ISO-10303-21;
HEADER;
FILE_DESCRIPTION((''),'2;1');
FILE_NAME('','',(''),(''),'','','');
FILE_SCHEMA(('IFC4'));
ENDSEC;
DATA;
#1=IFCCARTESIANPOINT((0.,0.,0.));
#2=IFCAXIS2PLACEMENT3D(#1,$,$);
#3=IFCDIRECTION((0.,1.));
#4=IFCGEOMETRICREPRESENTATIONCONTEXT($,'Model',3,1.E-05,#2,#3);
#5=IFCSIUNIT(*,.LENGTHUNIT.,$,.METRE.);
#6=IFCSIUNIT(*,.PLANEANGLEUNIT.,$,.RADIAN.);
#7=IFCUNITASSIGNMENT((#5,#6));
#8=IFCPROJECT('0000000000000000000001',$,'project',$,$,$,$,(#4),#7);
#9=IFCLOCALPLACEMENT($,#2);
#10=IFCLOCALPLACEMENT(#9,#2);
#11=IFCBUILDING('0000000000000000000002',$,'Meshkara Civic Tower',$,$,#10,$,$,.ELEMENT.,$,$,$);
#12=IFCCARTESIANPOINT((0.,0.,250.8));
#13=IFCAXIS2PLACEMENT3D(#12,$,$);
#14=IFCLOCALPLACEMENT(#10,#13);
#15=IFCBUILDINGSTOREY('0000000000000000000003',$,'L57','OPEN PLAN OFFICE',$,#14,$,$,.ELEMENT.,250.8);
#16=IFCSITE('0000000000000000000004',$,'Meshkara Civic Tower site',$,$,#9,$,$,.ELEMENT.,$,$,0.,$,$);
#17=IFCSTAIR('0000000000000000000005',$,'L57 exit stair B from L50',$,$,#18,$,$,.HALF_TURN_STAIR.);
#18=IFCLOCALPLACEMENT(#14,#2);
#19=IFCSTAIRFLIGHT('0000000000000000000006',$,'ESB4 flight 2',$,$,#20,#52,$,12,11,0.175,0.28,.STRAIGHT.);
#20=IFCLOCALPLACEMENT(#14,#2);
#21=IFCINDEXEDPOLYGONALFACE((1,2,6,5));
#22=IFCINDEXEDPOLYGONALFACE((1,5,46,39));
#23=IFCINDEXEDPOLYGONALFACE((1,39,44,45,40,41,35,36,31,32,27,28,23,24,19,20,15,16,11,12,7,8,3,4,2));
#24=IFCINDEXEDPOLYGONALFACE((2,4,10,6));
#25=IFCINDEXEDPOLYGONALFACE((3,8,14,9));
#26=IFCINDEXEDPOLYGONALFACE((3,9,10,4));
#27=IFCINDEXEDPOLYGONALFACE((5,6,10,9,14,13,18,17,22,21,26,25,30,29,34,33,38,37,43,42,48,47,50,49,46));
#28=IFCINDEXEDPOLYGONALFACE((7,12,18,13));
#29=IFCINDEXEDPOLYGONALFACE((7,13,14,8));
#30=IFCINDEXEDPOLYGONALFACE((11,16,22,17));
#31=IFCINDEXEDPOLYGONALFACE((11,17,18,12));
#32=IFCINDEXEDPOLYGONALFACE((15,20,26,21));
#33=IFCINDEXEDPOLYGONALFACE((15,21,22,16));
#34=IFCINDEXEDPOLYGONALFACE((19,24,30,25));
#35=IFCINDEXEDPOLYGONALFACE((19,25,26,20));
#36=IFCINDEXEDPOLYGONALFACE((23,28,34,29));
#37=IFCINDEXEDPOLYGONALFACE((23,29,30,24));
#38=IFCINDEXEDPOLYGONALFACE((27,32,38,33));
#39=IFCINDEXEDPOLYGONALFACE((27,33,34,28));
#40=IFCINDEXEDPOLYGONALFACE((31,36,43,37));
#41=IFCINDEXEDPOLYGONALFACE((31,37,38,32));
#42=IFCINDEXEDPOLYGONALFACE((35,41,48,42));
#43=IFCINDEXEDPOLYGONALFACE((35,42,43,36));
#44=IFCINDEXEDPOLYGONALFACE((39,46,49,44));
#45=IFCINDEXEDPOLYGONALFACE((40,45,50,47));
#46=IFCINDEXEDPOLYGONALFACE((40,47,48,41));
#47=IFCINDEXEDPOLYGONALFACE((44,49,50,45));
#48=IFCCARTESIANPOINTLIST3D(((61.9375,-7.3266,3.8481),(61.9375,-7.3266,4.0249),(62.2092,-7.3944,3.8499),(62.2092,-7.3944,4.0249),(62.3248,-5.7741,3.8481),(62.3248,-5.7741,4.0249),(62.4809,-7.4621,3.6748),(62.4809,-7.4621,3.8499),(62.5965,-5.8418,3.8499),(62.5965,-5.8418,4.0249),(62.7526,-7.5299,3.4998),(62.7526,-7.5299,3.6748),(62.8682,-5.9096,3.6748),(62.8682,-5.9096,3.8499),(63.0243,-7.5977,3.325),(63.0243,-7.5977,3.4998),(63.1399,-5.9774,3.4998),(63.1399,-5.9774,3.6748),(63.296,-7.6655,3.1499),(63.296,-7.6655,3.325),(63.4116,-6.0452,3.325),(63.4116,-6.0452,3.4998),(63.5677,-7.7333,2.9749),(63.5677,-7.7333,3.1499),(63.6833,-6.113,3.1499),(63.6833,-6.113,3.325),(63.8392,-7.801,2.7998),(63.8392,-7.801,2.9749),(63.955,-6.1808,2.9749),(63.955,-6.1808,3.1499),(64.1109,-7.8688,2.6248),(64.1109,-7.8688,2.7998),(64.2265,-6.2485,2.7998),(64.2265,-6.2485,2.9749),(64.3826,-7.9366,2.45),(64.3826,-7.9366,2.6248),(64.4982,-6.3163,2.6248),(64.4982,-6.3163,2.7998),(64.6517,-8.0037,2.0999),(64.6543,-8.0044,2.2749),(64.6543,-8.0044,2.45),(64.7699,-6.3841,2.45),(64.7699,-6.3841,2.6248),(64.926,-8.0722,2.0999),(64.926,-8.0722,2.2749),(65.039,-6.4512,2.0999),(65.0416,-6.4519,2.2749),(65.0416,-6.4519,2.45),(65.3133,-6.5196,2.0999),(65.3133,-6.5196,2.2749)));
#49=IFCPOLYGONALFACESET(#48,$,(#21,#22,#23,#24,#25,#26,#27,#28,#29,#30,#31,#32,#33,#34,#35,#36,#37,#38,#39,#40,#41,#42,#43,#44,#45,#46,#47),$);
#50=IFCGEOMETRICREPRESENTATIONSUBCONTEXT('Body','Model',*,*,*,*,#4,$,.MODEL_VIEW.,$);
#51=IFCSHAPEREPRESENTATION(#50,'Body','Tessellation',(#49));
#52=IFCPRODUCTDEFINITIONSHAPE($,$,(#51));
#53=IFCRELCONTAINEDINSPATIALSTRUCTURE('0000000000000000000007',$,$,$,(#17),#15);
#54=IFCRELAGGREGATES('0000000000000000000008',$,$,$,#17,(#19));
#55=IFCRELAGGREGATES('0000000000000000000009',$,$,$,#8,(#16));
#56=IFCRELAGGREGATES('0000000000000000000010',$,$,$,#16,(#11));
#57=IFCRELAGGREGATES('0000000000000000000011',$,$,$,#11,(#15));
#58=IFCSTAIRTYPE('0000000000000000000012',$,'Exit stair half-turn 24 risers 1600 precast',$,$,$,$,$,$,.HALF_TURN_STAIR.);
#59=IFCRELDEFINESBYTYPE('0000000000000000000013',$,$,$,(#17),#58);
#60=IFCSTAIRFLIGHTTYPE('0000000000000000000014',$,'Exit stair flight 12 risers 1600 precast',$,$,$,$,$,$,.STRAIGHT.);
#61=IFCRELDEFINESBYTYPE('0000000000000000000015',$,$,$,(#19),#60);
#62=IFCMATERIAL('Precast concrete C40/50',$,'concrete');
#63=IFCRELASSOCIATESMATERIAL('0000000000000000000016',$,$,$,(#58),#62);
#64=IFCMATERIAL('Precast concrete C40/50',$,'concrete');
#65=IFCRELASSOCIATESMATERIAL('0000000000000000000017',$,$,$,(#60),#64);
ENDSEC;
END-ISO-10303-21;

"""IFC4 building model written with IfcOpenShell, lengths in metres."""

from ifc_helpers import new_model, si_unit, direction, frame, origin, place, context, subcontext, project, spatial, polyline, outline, extrude, material, type_object, element, aggregate, save


model = new_model("IFC4")

# Units and contexts
model_context = context("Model", 3, precision=1e-05, world=origin(), true_north=direction((0.0, 1.0)))
body_context = subcontext(model_context, "Body", "Model", "MODEL_VIEW")
ifc_project = project(units=[si_unit("LENGTHUNIT", "METRE"), si_unit("PLANEANGLEUNIT", "RADIAN")], contexts=[model_context])

# Site, building, storey
site_placement = place(None, origin())
site = spatial("IfcSite", under=ifc_project, at=site_placement, Name="Meshkara Civic Tower site", CompositionType="ELEMENT", RefElevation=0.0)
building_placement = place(site_placement, origin())
building = spatial("IfcBuilding", under=site, at=building_placement, Name="Meshkara Civic Tower", CompositionType="ELEMENT")
storey_placement = place(building_placement, frame((0.0, 0.0, 250.8)))
storey = spatial("IfcBuildingStorey", under=building, at=storey_placement, Name="L57", Description="OPEN PLAN OFFICE", CompositionType="ELEMENT", Elevation=250.8)

# Stair, stair flight
ifc_material_1 = material(Name="Precast concrete C40/50", Category="concrete")
stair_type = type_object("IfcStairType", Name="Exit stair half-turn 24 risers 1600 precast", PredefinedType="HALF_TURN_STAIR", material=ifc_material_1)
stair_placement = place(storey_placement, origin())
stair = element("IfcStair", 1, at=stair_placement, inside=storey, type_object=stair_type, Name="L57 exit stair B from L50", PredefinedType="HALF_TURN_STAIR")
ifc_material_2 = material(Name="Precast concrete C40/50", Category="concrete")
stair_flight_type = type_object("IfcStairFlightType", Name="Exit stair flight 12 risers 1600 precast", PredefinedType="STRAIGHT", material=ifc_material_2)
stair_flight_1_placement = place(storey_placement, frame((65.1196, -7.2959, 2.0999), z_axis=(0.0, 0.0, 1.0), x_axis=(-0.97026, 0.242065, 0.0)))
stair_flight_1 = element("IfcStairFlight", 2, at=stair_flight_1_placement, type_object=stair_flight_type, Name="ESB4 flight 2", NumberOfRisers=12, NumberOfTreads=11, PredefinedType="STRAIGHT", RiserHeight=0.175, TreadLength=0.28, context=body_context, shape_type="SweptSolid", body=[
    extrude(outline(polyline([(0.0, 0.0), (0.0, 0.175), (0.28, 0.175), (0.28, 0.3501), (0.5601, 0.3501), (0.5601, 0.5249), (0.8401, 0.5249), (0.8401, 0.7), (1.1201, 0.7), (1.1201, 0.875), (1.3999, 0.875), (1.3999, 1.05), (1.6799, 1.05), (1.6799, 1.2251), (1.96, 1.2251), (1.96, 1.3999), (2.24, 1.3999), (2.24, 1.575), (2.52, 1.575), (2.52, 1.75), (2.8, 1.75), (2.8, 1.925), (3.0801, 1.925), (3.0801, 2.1001), (3.0801, 1.7483), (0.2827, 0.0), (0.0, 0.0)])), frame((0.0, 0.8, 0.0), z_axis=(0.0, -1.0, 0.0), x_axis=(1.0, 0.0, 0.0)), (0.0, 0.0, 1.0), 1.6001),
])
aggregate(stair, [stair_flight_1])

save(model, "model.ifc")
